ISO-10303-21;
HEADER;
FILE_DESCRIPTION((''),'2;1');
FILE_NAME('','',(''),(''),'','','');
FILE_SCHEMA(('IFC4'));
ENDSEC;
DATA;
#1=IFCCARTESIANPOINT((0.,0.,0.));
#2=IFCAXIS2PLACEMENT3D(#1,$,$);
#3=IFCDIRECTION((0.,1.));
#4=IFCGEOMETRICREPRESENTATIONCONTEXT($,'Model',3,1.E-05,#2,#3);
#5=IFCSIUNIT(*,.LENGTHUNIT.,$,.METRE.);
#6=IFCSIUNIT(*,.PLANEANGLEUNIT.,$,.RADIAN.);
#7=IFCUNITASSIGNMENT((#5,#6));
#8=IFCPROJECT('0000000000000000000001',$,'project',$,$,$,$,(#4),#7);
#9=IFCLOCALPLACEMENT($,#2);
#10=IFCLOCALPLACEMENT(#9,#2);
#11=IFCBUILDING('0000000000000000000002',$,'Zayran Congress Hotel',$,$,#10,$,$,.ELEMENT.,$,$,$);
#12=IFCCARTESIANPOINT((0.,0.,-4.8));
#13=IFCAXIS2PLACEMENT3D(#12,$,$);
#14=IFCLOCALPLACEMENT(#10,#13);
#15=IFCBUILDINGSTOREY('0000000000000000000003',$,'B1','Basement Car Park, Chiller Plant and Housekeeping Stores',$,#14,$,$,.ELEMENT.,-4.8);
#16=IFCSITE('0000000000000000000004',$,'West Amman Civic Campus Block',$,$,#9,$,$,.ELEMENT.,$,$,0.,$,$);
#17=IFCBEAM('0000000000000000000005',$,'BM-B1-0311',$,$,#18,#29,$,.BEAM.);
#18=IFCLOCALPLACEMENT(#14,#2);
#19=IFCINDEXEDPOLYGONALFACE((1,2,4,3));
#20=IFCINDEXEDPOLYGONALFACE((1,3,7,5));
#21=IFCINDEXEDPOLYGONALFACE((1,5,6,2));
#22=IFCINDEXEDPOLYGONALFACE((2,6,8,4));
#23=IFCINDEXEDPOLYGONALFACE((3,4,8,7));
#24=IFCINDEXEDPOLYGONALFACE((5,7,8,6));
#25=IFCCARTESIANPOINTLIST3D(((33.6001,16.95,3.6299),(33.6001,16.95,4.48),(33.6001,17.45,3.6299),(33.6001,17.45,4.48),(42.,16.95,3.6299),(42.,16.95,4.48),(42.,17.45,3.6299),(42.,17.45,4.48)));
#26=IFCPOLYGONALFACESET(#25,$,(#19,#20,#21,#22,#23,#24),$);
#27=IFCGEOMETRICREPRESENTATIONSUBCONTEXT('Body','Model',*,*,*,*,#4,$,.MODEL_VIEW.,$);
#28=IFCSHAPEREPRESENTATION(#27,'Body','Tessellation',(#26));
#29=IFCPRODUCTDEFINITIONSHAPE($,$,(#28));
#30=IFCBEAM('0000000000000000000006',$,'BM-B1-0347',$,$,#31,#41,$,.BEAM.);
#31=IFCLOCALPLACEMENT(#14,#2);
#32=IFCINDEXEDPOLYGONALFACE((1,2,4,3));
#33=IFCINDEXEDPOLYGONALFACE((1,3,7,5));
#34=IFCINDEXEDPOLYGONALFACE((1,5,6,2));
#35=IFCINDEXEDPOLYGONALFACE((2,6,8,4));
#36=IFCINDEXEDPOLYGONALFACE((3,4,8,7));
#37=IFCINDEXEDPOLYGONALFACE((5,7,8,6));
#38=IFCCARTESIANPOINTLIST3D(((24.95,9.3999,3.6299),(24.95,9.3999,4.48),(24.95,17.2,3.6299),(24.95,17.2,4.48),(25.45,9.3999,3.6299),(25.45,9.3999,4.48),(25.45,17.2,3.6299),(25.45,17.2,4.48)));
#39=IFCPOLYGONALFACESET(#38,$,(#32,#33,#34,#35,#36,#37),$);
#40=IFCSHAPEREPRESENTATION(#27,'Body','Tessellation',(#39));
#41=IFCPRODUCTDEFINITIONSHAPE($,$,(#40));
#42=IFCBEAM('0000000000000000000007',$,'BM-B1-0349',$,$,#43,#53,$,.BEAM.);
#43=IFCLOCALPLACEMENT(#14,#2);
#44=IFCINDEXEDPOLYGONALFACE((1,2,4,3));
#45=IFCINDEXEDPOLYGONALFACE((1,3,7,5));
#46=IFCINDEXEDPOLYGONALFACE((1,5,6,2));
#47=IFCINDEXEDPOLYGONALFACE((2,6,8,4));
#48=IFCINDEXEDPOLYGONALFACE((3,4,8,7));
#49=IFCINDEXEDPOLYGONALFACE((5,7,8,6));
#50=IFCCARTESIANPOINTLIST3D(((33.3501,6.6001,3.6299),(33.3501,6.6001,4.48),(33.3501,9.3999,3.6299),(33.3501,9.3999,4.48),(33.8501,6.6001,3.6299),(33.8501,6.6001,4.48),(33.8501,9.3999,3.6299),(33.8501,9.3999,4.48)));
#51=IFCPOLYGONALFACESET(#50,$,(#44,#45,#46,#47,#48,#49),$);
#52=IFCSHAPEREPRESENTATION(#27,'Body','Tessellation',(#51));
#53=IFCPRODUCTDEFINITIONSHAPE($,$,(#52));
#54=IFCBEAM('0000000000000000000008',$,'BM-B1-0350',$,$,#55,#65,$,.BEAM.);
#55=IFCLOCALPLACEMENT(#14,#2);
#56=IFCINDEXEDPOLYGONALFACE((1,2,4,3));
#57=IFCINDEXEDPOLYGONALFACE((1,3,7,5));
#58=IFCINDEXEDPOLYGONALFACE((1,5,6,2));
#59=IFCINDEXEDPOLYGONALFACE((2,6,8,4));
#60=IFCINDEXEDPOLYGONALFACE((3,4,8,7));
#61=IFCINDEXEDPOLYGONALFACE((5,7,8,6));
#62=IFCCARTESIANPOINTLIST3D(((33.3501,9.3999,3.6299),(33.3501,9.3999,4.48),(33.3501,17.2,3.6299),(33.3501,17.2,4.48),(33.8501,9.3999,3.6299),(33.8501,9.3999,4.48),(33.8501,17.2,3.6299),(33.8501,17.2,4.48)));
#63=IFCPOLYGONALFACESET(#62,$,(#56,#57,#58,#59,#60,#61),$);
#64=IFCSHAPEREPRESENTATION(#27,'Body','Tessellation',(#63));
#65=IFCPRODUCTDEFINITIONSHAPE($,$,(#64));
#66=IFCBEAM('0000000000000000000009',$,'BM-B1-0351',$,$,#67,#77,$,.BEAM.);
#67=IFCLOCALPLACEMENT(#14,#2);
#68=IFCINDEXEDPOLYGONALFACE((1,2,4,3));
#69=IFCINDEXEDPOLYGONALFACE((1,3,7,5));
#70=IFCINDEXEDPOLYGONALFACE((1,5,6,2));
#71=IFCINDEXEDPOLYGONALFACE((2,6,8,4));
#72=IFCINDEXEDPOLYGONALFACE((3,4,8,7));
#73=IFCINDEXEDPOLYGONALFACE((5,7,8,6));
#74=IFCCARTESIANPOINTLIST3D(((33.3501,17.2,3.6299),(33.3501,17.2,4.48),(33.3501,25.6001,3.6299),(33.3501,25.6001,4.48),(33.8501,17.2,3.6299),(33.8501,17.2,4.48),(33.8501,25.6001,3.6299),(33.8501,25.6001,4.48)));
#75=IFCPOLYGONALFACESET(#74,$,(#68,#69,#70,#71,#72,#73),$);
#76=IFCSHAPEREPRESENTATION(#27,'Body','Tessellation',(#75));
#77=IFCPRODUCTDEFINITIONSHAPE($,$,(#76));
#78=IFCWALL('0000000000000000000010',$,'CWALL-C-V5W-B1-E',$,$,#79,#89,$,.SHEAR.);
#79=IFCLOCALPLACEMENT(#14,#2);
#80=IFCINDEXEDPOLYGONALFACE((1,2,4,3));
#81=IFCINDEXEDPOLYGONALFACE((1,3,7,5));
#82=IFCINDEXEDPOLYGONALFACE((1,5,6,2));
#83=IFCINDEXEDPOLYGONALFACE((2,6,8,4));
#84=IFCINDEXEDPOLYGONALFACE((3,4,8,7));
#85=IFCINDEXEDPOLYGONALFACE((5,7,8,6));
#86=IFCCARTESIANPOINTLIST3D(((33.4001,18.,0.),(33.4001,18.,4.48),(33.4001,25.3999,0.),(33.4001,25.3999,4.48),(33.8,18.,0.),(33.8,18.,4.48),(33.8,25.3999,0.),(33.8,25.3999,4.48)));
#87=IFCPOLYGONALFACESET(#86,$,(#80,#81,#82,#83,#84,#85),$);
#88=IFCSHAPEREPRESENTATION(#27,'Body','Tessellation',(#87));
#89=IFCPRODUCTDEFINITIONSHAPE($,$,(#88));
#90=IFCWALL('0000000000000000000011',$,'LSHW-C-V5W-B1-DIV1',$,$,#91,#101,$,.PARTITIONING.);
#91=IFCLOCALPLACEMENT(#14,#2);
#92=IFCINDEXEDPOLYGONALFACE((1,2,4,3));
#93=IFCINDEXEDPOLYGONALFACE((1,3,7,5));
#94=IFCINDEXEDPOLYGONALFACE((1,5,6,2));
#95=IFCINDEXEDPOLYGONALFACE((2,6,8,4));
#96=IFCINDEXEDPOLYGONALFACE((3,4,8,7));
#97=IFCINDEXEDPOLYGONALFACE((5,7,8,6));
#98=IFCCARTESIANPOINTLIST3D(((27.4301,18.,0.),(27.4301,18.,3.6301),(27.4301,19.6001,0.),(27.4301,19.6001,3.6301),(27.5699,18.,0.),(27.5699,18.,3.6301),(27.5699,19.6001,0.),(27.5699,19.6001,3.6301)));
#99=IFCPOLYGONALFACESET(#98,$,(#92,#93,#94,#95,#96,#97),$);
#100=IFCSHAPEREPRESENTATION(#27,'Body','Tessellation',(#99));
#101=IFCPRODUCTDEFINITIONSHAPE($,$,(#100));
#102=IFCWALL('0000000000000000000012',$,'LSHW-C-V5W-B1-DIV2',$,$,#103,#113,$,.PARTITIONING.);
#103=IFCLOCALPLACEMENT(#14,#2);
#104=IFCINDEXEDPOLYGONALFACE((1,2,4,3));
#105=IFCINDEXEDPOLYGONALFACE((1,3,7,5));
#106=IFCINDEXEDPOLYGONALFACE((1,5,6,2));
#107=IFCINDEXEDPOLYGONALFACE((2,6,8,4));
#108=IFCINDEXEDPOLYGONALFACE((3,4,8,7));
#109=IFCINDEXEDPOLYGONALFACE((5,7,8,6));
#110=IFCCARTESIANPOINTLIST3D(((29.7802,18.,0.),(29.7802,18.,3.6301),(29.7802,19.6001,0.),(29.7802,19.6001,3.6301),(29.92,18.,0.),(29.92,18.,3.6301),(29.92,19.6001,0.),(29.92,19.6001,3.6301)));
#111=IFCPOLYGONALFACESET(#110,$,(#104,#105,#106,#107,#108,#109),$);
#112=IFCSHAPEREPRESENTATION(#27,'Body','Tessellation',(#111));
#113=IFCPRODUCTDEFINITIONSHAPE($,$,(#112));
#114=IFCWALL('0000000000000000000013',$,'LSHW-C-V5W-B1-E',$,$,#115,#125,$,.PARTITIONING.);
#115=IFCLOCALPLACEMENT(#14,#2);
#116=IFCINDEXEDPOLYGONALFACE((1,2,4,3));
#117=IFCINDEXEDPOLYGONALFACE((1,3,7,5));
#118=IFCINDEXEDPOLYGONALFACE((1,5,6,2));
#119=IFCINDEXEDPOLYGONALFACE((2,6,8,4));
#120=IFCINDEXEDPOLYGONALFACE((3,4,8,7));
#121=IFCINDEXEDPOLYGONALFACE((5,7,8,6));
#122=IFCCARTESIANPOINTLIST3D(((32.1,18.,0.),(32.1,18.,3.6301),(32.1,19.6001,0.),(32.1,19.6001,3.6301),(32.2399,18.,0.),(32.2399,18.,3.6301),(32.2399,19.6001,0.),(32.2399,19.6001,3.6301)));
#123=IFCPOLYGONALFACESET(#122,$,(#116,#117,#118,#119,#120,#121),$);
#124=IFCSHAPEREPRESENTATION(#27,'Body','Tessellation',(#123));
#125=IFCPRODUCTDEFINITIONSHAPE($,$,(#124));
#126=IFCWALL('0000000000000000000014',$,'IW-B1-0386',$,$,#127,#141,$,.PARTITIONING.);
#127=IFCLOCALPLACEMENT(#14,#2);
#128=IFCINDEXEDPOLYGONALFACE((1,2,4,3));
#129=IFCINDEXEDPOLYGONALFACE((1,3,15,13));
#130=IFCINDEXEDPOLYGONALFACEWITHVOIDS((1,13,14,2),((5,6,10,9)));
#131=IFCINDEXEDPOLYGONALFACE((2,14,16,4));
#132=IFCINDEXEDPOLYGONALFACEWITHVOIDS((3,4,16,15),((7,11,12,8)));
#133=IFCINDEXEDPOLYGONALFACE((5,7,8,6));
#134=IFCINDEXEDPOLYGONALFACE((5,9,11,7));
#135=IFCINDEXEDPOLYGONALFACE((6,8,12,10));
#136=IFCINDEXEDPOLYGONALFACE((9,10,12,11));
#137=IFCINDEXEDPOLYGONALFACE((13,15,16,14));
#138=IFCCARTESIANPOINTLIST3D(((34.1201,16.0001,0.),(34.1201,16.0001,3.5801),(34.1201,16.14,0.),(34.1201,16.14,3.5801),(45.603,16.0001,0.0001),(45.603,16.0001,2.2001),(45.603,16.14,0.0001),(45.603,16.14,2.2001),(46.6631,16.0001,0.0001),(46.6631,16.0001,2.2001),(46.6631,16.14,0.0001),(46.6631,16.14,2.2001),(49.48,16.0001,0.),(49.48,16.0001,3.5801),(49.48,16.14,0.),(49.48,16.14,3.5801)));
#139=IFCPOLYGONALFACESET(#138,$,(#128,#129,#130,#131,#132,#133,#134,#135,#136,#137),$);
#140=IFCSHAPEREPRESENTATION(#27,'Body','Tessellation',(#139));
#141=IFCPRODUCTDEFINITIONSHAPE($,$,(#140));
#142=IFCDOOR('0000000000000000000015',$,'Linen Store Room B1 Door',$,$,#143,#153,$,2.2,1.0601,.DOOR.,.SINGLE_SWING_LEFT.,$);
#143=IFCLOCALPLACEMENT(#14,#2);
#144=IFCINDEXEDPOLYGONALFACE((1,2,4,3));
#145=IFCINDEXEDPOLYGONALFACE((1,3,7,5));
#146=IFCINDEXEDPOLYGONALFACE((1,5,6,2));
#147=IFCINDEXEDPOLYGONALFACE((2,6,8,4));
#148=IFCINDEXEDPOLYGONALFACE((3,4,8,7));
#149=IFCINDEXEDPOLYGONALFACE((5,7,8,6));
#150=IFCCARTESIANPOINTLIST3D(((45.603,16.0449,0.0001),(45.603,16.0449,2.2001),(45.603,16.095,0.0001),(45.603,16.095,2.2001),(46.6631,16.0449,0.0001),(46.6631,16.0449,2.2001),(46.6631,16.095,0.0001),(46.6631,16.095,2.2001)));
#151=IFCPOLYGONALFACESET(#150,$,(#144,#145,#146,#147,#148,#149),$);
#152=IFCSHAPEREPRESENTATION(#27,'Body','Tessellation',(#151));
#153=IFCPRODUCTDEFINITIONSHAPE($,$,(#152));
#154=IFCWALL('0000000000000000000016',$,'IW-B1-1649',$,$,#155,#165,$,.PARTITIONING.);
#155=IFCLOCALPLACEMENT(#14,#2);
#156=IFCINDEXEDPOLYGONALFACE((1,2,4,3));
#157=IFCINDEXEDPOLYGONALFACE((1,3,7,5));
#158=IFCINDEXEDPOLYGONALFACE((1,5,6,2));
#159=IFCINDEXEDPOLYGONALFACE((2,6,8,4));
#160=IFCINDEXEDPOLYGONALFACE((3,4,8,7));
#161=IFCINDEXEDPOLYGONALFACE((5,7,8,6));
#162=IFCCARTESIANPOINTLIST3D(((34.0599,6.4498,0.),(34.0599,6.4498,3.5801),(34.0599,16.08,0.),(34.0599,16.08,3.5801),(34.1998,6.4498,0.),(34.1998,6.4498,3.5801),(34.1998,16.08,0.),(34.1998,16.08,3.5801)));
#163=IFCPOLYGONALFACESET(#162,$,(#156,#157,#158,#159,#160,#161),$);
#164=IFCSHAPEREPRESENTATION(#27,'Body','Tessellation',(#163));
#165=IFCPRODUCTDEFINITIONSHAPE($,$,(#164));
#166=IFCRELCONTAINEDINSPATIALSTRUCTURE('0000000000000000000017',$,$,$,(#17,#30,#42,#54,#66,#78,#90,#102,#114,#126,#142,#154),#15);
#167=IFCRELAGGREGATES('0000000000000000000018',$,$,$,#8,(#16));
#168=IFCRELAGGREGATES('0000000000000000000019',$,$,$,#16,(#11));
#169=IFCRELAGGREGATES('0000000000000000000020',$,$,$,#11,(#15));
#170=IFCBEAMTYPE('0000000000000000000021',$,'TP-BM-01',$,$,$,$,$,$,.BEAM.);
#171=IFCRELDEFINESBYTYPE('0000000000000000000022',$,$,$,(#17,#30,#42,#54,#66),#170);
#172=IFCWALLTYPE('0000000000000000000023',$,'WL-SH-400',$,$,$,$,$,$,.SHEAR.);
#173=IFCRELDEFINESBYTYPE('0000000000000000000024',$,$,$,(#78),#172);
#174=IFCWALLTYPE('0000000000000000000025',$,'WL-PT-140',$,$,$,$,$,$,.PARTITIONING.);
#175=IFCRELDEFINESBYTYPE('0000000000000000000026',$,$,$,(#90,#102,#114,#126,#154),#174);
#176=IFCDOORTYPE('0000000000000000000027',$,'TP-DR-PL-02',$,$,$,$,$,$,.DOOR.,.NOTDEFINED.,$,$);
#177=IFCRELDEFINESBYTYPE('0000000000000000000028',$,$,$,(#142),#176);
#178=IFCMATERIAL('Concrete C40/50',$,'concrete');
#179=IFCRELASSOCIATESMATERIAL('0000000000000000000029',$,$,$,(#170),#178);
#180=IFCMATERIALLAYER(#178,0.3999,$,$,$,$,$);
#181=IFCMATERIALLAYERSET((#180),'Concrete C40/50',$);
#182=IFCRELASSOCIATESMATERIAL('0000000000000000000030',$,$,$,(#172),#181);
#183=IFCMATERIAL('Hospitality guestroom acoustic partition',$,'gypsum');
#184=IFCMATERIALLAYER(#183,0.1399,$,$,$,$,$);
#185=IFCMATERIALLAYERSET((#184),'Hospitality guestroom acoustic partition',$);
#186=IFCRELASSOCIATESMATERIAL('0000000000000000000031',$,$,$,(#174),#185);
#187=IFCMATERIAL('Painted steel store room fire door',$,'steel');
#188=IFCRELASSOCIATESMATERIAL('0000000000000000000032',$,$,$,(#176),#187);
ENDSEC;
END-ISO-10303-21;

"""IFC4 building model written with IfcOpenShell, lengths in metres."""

from ifc_helpers import new_model, si_unit, direction, frame, frame_2d, origin, origin_2d, place, context, subcontext, project, spatial, rectangle, extrude, material, layer, layer_set, material_profile, profile_set, type_object, element, fill, save


model = new_model("IFC4")

# Units and contexts
model_context = context("Model", 3, precision=1e-05, world=origin(), true_north=direction((0.0, 1.0)))
body_context = subcontext(model_context, "Body", "Model", "MODEL_VIEW")
ifc_project = project(units=[si_unit("LENGTHUNIT", "METRE"), si_unit("PLANEANGLEUNIT", "RADIAN")], contexts=[model_context])

# Site, building, storey
site_placement = place(None, origin())
site = spatial("IfcSite", under=ifc_project, at=site_placement, Name="West Amman Civic Campus Block", CompositionType="ELEMENT", RefElevation=0.0)
building_placement = place(site_placement, origin())
building = spatial("IfcBuilding", under=site, at=building_placement, Name="Zayran Congress Hotel", CompositionType="ELEMENT")
storey_placement = place(building_placement, frame((0.0, 0.0, -4.8)))
storey = spatial("IfcBuildingStorey", under=building, at=storey_placement, Name="B1", Description="Basement Car Park, Chiller Plant and Housekeeping Stores", CompositionType="ELEMENT", Elevation=-4.8)

# Shared definitions
ifc_material_1 = material(Name="Concrete C40/50", Category="concrete")

# Beams
ifc_material_profile_1 = material_profile(ifc_material_1, rectangle(XDim=0.5, YDim=0.8501, at=origin_2d()), Name="RC 500x850")
ifc_profile_set_1 = profile_set([ifc_material_profile_1], Name="Concrete C40/50")
beam_type = type_object("IfcBeamType", Name="TP-BM-01", PredefinedType="BEAM", material=ifc_profile_set_1)
beam_1_placement = place(storey_placement, frame((33.6001, 17.2, 4.0549), z_axis=(1.0, 0.0, 0.0), x_axis=(0.0, 1.0, 0.0)))
element("IfcBeam", 1, at=beam_1_placement, inside=storey, type_object=beam_type, Name="BM-B1-0311", PredefinedType="BEAM", context=body_context, shape_type="SweptSolid", body=[
    extrude(rectangle(XDim=0.5, YDim=0.8501, at=origin_2d()), origin(), (0.0, 0.0, 1.0), 8.3999),
])
beam_2_placement = place(storey_placement, frame((25.2, 9.3999, 4.0549), z_axis=(0.0, 1.0, 0.0), x_axis=(-1.0, 0.0, 0.0)))
element("IfcBeam", 2, at=beam_2_placement, inside=storey, type_object=beam_type, Name="BM-B1-0347", PredefinedType="BEAM", context=body_context, shape_type="SweptSolid", body=[
    extrude(rectangle(XDim=0.5, YDim=0.8501, at=origin_2d()), origin(), (0.0, 0.0, 1.0), 7.8),
])
beam_3_placement = place(storey_placement, frame((33.6001, 6.6001, 4.0549), z_axis=(0.0, 1.0, 0.0), x_axis=(-1.0, 0.0, 0.0)))
element("IfcBeam", 3, at=beam_3_placement, inside=storey, type_object=beam_type, Name="BM-B1-0349", PredefinedType="BEAM", context=body_context, shape_type="SweptSolid", body=[
    extrude(rectangle(XDim=0.5, YDim=0.8501, at=origin_2d()), origin(), (0.0, 0.0, 1.0), 2.7998),
])
beam_4_placement = place(storey_placement, frame((33.6001, 9.3999, 4.0549), z_axis=(0.0, 1.0, 0.0), x_axis=(-1.0, 0.0, 0.0)))
element("IfcBeam", 4, at=beam_4_placement, inside=storey, type_object=beam_type, Name="BM-B1-0350", PredefinedType="BEAM", context=body_context, shape_type="SweptSolid", body=[
    extrude(rectangle(XDim=0.5, YDim=0.8501, at=origin_2d()), origin(), (0.0, 0.0, 1.0), 7.8),
])
beam_5_placement = place(storey_placement, frame((33.6001, 17.2, 4.0549), z_axis=(0.0, 1.0, 0.0), x_axis=(-1.0, 0.0, 0.0)))
element("IfcBeam", 5, at=beam_5_placement, inside=storey, type_object=beam_type, Name="BM-B1-0351", PredefinedType="BEAM", context=body_context, shape_type="SweptSolid", body=[
    extrude(rectangle(XDim=0.5, YDim=0.8501, at=origin_2d()), origin(), (0.0, 0.0, 1.0), 8.4001),
])

# Walls
ifc_layer_1 = layer(ifc_material_1, 0.3999)
ifc_layer_set_1 = layer_set([ifc_layer_1], Name="Concrete C40/50")
wall_type_1 = type_object("IfcWallType", Name="WL-SH-400", PredefinedType="SHEAR", material=ifc_layer_set_1)
wall_1_placement = place(storey_placement, frame((33.6001, 18.0, 0.0), z_axis=(0.0, 0.0, 1.0), x_axis=(0.0, 1.0, 0.0)))
element("IfcWall", 6, at=wall_1_placement, inside=storey, type_object=wall_type_1, Name="CWALL-C-V5W-B1-E", PredefinedType="SHEAR", context=body_context, shape_type="SweptSolid", body=[
    extrude(rectangle(XDim=7.3999, YDim=0.3999, at=frame_2d((3.7, 0.0))), origin(), (0.0, 0.0, 1.0), 4.48),
])
ifc_material_2 = material(Name="Hospitality guestroom acoustic partition", Category="gypsum")
ifc_layer_2 = layer(ifc_material_2, 0.1399)
ifc_layer_set_2 = layer_set([ifc_layer_2], Name="Hospitality guestroom acoustic partition")
wall_type_2 = type_object("IfcWallType", Name="WL-PT-140", PredefinedType="PARTITIONING", material=ifc_layer_set_2)
for number, where, z_axis, x_axis, name in (
    (7, (27.5, 18.0, 0.0), (0.0, 0.0, 1.0), (0.0, 1.0, 0.0), "LSHW-C-V5W-B1-DIV1"),
    (8, (29.8501, 18.0, 0.0), (0.0, 0.0, 1.0), (0.0, 1.0, 0.0), "LSHW-C-V5W-B1-DIV2"),
    (9, (32.1699, 18.0, 0.0), (0.0, 0.0, 1.0), (0.0, 1.0, 0.0), "LSHW-C-V5W-B1-E"),
):
    element("IfcWall", number, at=place(storey_placement, frame(where, z_axis=z_axis, x_axis=x_axis)), inside=storey, type_object=wall_type_2, Name=name, PredefinedType="PARTITIONING", context=body_context, shape_type="SweptSolid", body=[
        extrude(rectangle(XDim=1.6001, YDim=0.1399, at=frame_2d((0.8, 0.0))), origin(), (0.0, 0.0, 1.0), 3.6301),
    ])

# Wall, opening, door
wall_2_placement = place(storey_placement, frame((34.1201, 16.0701, 0.0), z_axis=(0.0, 0.0, 1.0), x_axis=(1.0, 0.0, 0.0)))
wall_2 = element("IfcWall", 10, at=wall_2_placement, inside=storey, type_object=wall_type_2, Name="IW-B1-0386", PredefinedType="PARTITIONING", context=body_context, shape_type="SweptSolid", body=[
    extrude(rectangle(XDim=15.3599, YDim=0.1399, at=frame_2d((7.6799, 0.0))), origin(), (0.0, 0.0, 1.0), 3.5801),
])
opening_placement = place(wall_2_placement, frame((11.4829, 0.0, 0.0)))
opening = element("IfcOpeningElement", 11, at=opening_placement, cuts=wall_2, PredefinedType="OPENING", context=body_context, shape_type="SweptSolid", body=[
    extrude(rectangle(XDim=1.0601, YDim=2.2, at=frame_2d((0.53, 1.1001))), frame((0.0, 0.0798, 0.0), z_axis=(0.0, -1.0, 0.0), x_axis=(1.0, 0.0, 0.0)), (0.0, 0.0, 1.0), 0.1599),
])
ifc_material_3 = material(Name="Painted steel store room fire door", Category="steel")
door_type = type_object("IfcDoorType", Name="TP-DR-PL-02", OperationType="NOTDEFINED", PredefinedType="DOOR", material=ifc_material_3)
door_placement = place(opening_placement, origin())
door = element("IfcDoor", 12, at=door_placement, inside=storey, type_object=door_type, Name="Linen Store Room B1 Door", OperationType="SINGLE_SWING_LEFT", OverallHeight=2.2, OverallWidth=1.0601, PredefinedType="DOOR", context=body_context, shape_type="SweptSolid", body=[
    extrude(rectangle(XDim=1.0601, YDim=2.2, at=frame_2d((0.53, 1.1001))), frame((0.0, 0.0249, 0.0), z_axis=(0.0, -1.0, 0.0), x_axis=(1.0, 0.0, 0.0)), (0.0, 0.0, 1.0), 0.05),
])
fill(opening, door)

# Wall
wall_3_placement = place(storey_placement, frame((34.1299, 6.45, 0.0), z_axis=(0.0, 0.0, 1.0), x_axis=(0.0, 1.0, 0.0)))
element("IfcWall", 13, at=wall_3_placement, inside=storey, type_object=wall_type_2, Name="IW-B1-1649", PredefinedType="PARTITIONING", context=body_context, shape_type="SweptSolid", body=[
    extrude(rectangle(XDim=9.6301, YDim=0.1399, at=frame_2d((4.8149, 0.0))), origin(), (0.0, 0.0, 1.0), 3.5801),
])

save(model, "model.ifc")
